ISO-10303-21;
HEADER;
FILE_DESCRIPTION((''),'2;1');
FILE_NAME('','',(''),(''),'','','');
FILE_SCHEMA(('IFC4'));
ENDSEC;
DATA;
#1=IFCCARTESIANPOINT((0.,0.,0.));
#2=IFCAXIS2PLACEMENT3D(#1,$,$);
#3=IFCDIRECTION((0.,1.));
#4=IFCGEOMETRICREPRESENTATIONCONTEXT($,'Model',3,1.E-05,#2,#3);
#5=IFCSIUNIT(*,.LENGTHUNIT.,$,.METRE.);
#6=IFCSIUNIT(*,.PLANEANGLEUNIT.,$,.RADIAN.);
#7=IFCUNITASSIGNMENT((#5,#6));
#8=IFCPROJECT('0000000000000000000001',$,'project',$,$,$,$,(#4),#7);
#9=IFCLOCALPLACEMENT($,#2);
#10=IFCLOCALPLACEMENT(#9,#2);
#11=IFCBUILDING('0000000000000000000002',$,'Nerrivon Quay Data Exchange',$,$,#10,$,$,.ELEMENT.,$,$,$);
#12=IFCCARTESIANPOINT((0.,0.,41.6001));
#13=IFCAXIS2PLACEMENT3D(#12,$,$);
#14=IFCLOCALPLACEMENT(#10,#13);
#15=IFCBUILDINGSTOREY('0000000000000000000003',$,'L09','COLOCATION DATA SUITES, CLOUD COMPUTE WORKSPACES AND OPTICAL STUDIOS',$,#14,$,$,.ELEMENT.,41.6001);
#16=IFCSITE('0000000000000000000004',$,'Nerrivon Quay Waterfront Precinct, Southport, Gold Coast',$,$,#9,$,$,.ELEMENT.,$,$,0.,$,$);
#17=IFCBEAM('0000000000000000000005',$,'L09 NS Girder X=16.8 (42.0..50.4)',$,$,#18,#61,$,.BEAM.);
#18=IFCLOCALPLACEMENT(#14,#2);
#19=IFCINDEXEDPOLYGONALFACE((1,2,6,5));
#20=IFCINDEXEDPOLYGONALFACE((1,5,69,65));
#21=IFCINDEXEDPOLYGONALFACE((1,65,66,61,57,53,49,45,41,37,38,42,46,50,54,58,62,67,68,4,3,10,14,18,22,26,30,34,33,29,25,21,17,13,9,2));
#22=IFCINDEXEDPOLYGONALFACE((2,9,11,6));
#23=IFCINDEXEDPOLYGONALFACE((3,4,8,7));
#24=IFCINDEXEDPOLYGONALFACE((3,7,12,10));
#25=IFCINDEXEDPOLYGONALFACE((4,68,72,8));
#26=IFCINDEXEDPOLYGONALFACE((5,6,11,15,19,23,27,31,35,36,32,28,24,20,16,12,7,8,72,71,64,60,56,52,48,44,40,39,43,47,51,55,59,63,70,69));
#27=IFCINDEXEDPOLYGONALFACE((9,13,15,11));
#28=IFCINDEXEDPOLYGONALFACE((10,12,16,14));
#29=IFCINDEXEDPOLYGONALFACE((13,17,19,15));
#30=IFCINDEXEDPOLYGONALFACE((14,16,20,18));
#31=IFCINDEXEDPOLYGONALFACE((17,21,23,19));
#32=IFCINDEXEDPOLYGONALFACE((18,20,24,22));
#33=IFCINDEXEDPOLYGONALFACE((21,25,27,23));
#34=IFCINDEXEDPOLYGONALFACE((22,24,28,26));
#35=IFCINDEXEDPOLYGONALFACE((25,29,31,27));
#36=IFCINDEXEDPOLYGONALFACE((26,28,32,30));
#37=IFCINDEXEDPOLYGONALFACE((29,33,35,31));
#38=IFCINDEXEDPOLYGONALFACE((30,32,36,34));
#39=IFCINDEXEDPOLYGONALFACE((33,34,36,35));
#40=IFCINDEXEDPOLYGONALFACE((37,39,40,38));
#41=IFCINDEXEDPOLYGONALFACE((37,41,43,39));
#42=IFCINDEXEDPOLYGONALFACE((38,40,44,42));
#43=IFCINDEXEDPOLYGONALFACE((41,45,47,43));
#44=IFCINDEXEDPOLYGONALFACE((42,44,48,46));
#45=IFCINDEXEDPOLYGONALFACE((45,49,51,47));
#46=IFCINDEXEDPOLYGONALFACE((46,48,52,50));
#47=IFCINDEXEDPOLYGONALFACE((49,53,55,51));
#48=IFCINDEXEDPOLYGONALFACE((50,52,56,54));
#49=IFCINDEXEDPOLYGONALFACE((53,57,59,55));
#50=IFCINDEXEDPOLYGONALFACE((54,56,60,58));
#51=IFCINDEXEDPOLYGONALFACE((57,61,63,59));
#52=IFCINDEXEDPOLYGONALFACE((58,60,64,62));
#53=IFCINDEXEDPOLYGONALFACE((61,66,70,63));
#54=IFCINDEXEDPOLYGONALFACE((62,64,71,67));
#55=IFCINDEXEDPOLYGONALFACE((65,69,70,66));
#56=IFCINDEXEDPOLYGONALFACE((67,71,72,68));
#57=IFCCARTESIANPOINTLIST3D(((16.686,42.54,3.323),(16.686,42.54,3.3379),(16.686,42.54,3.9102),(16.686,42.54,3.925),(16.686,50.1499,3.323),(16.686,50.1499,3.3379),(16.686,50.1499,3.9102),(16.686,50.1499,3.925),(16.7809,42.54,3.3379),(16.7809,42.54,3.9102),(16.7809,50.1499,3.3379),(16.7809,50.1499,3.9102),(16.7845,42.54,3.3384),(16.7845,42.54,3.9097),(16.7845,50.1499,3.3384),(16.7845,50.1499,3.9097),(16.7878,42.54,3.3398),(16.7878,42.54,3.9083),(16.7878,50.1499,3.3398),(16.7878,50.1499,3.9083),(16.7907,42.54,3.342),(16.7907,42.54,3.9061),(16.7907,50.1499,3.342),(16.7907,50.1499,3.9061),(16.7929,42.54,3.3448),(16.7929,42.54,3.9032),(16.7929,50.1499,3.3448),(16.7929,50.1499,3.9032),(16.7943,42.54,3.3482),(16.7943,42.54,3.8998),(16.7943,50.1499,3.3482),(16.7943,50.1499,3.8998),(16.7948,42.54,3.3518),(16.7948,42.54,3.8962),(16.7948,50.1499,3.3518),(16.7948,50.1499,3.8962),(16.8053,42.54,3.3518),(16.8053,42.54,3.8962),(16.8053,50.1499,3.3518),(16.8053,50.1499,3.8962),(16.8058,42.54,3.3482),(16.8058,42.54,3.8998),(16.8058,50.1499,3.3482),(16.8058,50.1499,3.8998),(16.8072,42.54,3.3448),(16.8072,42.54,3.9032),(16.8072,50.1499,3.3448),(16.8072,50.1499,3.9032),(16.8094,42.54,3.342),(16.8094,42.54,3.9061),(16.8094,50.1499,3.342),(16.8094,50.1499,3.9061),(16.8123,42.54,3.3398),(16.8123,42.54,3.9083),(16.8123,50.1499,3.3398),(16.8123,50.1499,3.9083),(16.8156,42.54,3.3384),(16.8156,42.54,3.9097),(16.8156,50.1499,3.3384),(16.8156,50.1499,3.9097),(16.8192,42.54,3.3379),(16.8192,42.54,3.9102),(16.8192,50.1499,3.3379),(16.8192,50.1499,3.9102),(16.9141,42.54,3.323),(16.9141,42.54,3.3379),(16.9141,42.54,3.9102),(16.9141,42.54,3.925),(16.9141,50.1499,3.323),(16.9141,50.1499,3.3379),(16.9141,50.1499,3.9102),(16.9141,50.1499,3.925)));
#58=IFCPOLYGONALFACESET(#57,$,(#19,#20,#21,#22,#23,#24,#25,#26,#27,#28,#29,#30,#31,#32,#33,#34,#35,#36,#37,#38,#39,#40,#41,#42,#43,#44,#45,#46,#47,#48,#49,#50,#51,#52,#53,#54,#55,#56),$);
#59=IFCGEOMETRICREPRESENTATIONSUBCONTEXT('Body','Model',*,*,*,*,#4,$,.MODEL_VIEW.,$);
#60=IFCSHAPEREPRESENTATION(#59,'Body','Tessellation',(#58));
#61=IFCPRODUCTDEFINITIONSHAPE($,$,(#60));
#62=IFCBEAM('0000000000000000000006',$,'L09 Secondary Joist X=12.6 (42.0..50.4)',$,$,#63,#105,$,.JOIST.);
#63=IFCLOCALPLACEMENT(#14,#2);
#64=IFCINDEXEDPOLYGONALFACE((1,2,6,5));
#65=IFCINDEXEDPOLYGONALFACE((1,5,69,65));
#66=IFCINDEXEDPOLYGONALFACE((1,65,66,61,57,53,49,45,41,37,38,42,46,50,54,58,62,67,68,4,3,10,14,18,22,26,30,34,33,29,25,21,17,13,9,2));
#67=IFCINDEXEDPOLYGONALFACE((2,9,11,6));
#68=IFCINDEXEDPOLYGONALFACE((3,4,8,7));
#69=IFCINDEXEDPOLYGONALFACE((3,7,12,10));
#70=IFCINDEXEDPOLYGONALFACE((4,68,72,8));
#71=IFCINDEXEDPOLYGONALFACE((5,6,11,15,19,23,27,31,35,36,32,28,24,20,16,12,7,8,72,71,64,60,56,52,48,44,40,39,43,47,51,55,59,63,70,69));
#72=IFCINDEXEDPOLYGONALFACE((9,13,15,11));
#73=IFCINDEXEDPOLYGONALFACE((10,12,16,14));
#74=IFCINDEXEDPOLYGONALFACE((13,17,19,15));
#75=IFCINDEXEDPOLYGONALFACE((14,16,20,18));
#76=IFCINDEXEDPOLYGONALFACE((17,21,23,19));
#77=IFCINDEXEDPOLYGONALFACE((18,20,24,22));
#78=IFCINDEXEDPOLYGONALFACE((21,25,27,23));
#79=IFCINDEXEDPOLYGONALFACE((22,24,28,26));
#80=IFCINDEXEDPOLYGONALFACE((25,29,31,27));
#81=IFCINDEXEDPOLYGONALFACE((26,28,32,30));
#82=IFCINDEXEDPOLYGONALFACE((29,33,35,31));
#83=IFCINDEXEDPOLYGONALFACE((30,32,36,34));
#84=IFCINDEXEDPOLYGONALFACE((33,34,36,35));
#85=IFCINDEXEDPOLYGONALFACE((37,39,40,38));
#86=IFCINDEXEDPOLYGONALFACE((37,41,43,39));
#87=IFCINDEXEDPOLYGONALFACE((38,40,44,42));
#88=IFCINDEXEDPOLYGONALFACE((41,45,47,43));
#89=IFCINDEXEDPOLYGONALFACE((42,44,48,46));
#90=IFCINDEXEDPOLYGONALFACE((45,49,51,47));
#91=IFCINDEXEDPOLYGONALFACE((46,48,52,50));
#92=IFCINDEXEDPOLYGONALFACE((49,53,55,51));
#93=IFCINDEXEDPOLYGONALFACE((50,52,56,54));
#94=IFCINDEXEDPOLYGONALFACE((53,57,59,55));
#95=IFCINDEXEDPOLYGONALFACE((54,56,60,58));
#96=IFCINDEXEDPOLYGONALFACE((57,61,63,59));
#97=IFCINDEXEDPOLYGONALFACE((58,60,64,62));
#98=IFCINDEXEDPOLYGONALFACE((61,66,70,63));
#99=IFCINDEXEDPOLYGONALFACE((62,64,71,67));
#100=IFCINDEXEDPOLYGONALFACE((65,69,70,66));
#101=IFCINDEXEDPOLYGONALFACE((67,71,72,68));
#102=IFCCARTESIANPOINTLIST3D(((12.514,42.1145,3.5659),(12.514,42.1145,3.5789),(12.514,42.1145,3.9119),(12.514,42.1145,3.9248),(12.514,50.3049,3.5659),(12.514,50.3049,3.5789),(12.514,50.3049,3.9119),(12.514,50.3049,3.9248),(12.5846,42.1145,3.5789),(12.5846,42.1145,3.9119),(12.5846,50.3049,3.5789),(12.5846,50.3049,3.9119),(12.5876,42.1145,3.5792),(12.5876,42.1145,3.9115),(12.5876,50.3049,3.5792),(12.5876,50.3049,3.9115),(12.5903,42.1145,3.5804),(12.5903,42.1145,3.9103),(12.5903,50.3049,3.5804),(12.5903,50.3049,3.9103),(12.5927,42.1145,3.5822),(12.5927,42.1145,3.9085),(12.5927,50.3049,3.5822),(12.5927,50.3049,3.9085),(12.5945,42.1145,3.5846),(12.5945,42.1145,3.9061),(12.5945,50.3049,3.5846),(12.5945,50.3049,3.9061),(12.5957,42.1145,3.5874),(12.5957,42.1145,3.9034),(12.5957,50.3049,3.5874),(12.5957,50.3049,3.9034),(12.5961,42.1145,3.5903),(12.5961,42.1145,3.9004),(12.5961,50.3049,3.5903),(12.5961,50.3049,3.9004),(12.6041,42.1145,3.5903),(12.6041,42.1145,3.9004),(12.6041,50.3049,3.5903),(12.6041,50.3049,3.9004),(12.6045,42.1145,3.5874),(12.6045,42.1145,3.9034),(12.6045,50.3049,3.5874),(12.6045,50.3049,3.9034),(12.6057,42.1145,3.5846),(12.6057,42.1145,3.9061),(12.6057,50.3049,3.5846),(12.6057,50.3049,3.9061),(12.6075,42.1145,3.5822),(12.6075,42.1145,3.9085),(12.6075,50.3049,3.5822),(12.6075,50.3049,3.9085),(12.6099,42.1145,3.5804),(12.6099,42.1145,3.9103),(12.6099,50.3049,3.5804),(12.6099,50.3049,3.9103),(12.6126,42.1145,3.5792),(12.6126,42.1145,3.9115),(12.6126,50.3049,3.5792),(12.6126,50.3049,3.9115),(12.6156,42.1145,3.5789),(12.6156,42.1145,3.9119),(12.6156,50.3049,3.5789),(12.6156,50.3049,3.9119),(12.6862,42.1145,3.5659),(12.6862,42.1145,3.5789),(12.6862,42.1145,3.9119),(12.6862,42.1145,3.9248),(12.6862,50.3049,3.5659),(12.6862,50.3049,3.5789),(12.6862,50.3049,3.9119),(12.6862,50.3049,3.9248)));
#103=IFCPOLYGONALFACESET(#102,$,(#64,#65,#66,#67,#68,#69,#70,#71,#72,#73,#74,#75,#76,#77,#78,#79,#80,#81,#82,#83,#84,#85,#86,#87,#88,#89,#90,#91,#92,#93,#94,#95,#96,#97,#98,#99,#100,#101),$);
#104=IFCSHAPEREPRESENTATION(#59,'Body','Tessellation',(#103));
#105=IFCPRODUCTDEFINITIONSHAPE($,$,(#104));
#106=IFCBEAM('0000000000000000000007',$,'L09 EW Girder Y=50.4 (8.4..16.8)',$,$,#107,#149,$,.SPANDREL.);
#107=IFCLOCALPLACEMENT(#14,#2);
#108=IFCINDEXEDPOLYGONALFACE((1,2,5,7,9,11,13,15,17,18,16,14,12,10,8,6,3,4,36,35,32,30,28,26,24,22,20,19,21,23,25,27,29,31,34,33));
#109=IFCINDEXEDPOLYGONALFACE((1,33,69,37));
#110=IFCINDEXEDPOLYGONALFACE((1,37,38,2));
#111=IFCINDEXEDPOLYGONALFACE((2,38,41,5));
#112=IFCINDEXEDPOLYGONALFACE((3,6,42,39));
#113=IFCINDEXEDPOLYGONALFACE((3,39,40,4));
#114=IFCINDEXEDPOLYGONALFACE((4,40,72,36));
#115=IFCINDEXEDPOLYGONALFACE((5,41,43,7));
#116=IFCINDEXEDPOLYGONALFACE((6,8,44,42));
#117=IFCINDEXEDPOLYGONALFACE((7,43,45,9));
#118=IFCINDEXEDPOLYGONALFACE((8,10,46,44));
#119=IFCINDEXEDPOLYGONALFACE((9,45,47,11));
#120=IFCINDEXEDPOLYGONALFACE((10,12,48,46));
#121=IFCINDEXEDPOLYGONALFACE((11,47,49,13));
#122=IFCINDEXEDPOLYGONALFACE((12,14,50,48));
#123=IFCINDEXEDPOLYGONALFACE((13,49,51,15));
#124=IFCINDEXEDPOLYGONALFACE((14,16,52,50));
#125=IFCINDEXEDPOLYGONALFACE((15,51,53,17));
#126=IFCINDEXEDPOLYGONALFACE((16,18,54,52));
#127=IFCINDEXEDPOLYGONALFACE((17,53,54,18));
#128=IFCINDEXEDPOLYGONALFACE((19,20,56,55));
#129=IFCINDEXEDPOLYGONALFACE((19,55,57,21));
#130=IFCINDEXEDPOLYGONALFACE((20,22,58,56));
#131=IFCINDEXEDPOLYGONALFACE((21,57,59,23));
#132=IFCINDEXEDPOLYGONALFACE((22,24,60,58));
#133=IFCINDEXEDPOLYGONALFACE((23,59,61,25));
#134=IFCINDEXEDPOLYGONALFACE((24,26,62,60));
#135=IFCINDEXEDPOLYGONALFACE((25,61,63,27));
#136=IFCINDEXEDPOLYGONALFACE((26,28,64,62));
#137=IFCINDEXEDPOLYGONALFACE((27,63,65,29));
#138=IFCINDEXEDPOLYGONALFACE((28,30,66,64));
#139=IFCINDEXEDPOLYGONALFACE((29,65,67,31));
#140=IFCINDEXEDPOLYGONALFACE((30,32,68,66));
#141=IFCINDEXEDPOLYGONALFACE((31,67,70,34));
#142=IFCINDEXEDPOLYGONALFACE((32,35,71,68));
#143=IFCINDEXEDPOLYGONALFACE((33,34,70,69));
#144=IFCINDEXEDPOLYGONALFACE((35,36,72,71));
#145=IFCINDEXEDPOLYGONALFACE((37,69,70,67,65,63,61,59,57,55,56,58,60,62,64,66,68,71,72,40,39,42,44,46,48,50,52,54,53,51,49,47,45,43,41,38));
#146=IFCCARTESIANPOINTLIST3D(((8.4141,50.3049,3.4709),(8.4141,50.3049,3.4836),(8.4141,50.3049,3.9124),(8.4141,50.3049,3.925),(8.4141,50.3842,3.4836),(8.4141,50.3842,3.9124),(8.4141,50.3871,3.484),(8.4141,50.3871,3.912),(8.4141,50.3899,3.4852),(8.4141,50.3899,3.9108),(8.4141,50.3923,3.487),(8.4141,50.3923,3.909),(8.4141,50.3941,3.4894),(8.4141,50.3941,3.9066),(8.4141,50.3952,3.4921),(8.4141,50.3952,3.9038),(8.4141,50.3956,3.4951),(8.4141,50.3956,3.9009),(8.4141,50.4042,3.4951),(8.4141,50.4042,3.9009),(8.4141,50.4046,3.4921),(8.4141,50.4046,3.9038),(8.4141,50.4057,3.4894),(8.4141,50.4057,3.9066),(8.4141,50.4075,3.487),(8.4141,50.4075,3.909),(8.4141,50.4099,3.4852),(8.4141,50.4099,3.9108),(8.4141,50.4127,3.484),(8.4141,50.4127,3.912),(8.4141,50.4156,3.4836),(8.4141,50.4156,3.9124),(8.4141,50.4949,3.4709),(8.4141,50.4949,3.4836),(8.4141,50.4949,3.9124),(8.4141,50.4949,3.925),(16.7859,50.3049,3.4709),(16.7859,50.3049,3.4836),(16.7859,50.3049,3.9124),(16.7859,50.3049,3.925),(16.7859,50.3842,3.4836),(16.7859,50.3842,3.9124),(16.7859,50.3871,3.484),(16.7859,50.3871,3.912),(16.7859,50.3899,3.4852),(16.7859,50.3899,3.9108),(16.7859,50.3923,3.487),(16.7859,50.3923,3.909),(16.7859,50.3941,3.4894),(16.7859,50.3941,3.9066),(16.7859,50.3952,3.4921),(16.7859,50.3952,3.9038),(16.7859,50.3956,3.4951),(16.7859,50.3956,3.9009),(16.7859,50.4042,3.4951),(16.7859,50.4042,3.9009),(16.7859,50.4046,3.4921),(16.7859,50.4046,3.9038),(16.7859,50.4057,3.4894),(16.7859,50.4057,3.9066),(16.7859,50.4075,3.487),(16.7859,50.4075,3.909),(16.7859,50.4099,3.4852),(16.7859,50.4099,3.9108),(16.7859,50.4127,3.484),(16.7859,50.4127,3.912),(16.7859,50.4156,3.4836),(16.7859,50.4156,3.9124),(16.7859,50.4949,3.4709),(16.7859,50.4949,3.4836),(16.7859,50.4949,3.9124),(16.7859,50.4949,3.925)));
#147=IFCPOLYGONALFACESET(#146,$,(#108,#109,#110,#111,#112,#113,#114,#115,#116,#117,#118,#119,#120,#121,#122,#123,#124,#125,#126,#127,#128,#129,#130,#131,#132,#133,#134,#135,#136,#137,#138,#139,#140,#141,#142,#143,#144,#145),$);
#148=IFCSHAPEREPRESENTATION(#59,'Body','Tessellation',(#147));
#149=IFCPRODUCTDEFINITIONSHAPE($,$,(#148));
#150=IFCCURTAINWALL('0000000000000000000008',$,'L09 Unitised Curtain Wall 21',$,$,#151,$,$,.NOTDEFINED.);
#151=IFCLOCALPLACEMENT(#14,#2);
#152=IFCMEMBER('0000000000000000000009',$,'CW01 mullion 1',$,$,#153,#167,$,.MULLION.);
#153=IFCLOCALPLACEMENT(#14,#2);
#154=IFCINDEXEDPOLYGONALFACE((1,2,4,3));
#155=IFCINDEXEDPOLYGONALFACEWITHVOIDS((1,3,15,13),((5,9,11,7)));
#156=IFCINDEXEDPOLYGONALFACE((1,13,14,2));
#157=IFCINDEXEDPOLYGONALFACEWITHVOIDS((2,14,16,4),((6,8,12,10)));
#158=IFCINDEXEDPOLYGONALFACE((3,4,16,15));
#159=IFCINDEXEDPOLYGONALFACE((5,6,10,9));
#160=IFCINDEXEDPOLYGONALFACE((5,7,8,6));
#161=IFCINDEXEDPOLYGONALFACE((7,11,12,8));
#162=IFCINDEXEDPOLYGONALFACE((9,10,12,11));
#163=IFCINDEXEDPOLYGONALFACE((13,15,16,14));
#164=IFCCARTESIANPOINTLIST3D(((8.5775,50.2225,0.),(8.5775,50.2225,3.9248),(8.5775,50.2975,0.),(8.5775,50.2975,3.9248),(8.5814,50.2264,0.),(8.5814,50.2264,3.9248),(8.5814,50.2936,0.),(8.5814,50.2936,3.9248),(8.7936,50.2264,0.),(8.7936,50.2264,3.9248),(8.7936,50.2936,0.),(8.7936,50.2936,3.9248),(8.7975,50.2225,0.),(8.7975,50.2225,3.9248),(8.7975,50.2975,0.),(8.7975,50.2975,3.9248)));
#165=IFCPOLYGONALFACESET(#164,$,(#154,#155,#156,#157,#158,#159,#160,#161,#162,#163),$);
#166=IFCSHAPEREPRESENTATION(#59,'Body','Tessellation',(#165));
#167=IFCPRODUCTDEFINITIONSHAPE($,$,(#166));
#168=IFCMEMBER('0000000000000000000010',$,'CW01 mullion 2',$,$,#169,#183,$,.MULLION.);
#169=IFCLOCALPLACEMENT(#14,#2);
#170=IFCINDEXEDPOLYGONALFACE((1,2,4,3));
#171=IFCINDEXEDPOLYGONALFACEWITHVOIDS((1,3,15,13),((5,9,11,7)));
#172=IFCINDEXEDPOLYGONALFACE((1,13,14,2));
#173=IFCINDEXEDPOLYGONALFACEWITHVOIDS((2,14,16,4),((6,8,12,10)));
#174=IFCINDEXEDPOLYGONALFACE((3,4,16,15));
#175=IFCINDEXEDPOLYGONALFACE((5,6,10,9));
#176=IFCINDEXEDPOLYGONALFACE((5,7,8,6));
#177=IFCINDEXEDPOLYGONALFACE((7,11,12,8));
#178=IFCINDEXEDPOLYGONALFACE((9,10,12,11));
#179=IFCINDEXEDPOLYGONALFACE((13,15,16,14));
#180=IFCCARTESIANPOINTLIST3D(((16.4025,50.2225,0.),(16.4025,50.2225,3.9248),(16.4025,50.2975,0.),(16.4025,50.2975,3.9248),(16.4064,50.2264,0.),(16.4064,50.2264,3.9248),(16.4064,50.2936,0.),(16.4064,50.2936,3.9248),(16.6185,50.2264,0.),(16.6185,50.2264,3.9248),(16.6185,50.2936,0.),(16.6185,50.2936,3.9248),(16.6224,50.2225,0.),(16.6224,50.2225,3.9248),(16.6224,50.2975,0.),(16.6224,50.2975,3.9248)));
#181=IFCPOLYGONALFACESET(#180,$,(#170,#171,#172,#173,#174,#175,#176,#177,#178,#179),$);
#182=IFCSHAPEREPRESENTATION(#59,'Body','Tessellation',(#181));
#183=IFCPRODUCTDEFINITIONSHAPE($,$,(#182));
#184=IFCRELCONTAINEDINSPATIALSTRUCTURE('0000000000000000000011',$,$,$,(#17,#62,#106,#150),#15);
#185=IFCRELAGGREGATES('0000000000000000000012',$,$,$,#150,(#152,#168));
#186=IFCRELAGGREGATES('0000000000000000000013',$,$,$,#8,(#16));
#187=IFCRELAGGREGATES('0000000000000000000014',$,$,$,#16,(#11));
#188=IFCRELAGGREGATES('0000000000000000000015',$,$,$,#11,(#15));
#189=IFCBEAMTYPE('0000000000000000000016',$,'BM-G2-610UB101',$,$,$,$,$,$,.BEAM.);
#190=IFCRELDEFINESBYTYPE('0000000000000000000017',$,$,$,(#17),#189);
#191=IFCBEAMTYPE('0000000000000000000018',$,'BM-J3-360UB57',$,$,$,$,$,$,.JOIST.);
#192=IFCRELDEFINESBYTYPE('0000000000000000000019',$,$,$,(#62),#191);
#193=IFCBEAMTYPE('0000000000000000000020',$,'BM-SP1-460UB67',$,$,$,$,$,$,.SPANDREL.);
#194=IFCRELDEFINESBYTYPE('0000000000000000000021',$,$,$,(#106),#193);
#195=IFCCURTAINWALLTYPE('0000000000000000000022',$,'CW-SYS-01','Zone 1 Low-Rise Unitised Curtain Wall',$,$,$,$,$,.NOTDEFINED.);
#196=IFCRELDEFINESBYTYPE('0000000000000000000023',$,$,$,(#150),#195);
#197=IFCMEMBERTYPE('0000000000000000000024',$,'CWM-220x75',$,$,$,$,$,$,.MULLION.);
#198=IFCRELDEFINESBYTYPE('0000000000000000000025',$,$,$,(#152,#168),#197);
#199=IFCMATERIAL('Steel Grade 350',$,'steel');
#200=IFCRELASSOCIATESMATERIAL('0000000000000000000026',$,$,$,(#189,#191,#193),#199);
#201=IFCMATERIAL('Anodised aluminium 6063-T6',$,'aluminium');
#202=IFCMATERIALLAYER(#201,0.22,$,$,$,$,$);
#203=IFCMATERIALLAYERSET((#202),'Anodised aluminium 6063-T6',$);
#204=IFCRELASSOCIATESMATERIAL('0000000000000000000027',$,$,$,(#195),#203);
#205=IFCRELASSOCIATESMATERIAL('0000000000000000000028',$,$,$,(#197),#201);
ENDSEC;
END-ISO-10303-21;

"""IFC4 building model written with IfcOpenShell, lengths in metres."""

from ifc_helpers import new_model, si_unit, direction, frame, origin, origin_2d, place, context, subcontext, project, spatial, hollow_rectangle, i_section, extrude, material, layer, layer_set, material_profile, profile_set, type_object, element, aggregate, save


model = new_model("IFC4")

# Units and contexts
model_context = context("Model", 3, precision=1e-05, world=origin(), true_north=direction((0.0, 1.0)))
body_context = subcontext(model_context, "Body", "Model", "MODEL_VIEW")
ifc_project = project(units=[si_unit("LENGTHUNIT", "METRE"), si_unit("PLANEANGLEUNIT", "RADIAN")], contexts=[model_context])

# Site, building, storey
site_placement = place(None, origin())
site = spatial("IfcSite", under=ifc_project, at=site_placement, Name="Nerrivon Quay Waterfront Precinct, Southport, Gold Coast", CompositionType="ELEMENT", RefElevation=0.0)
building_placement = place(site_placement, origin())
building = spatial("IfcBuilding", under=site, at=building_placement, Name="Nerrivon Quay Data Exchange", CompositionType="ELEMENT")
storey_placement = place(building_placement, frame((0.0, 0.0, 41.6001)))
storey = spatial("IfcBuildingStorey", under=building, at=storey_placement, Name="L09", Description="COLOCATION DATA SUITES, CLOUD COMPUTE WORKSPACES AND OPTICAL STUDIOS", CompositionType="ELEMENT", Elevation=41.6001)

# Shared definitions
ifc_material_1 = material(Name="Steel Grade 350", Category="steel")

# Beams
ifc_material_profile_1 = material_profile(ifc_material_1, i_section(OverallWidth=0.228, OverallDepth=0.6021, WebThickness=0.0105, FlangeThickness=0.0149, FilletRadius=0.0139, at=origin_2d()), Name="610UB101")
ifc_profile_set_1 = profile_set([ifc_material_profile_1], Name="Steel Grade 350")
beam_type_1 = type_object("IfcBeamType", Name="BM-G2-610UB101", PredefinedType="BEAM", material=ifc_profile_set_1)
beam_1_placement = place(storey_placement, frame((16.8, 42.54, 3.624), z_axis=(0.0, 1.0, 0.0), x_axis=(-1.0, 0.0, 0.0)))
element("IfcBeam", 1, at=beam_1_placement, inside=storey, type_object=beam_type_1, Name="L09 NS Girder X=16.8 (42.0..50.4)", PredefinedType="BEAM", context=body_context, shape_type="SweptSolid", body=[
    extrude(i_section(OverallWidth=0.228, OverallDepth=0.6021, WebThickness=0.0105, FlangeThickness=0.0149, FilletRadius=0.0139, at=origin_2d()), origin(), (0.0, 0.0, 1.0), 7.6099),
])
ifc_material_profile_2 = material_profile(ifc_material_1, i_section(OverallWidth=0.1721, OverallDepth=0.3589, WebThickness=0.0081, FlangeThickness=0.0129, FilletRadius=0.0115, at=origin_2d()), Name="360UB56.7")
ifc_profile_set_2 = profile_set([ifc_material_profile_2], Name="Steel Grade 350")
beam_type_2 = type_object("IfcBeamType", Name="BM-J3-360UB57", PredefinedType="JOIST", material=ifc_profile_set_2)
beam_2_placement = place(storey_placement, frame((12.6001, 42.1145, 3.7454), z_axis=(0.0, 1.0, 0.0), x_axis=(-1.0, 0.0, 0.0)))
element("IfcBeam", 2, at=beam_2_placement, inside=storey, type_object=beam_type_2, Name="L09 Secondary Joist X=12.6 (42.0..50.4)", PredefinedType="JOIST", context=body_context, shape_type="SweptSolid", body=[
    extrude(i_section(OverallWidth=0.1721, OverallDepth=0.3589, WebThickness=0.0081, FlangeThickness=0.0129, FilletRadius=0.0115, at=origin_2d()), origin(), (0.0, 0.0, 1.0), 8.1904),
])
ifc_material_profile_3 = material_profile(ifc_material_1, i_section(OverallWidth=0.1899, OverallDepth=0.4541, WebThickness=0.0085, FlangeThickness=0.0127, FilletRadius=0.0115, at=origin_2d()), Name="460UB67.1")
ifc_profile_set_3 = profile_set([ifc_material_profile_3], Name="Steel Grade 350")
beam_type_3 = type_object("IfcBeamType", Name="BM-SP1-460UB67", PredefinedType="SPANDREL", material=ifc_profile_set_3)
beam_3_placement = place(storey_placement, frame((8.4141, 50.3999, 3.698), z_axis=(1.0, 0.0, 0.0), x_axis=(0.0, 1.0, 0.0)))
element("IfcBeam", 3, at=beam_3_placement, inside=storey, type_object=beam_type_3, Name="L09 EW Girder Y=50.4 (8.4..16.8)", PredefinedType="SPANDREL", context=body_context, shape_type="SweptSolid", body=[
    extrude(i_section(OverallWidth=0.1899, OverallDepth=0.4541, WebThickness=0.0085, FlangeThickness=0.0127, FilletRadius=0.0115, at=origin_2d()), origin(), (0.0, 0.0, 1.0), 8.3718),
])

# Curtain wall, members
ifc_material_2 = material(Name="Anodised aluminium 6063-T6", Category="aluminium")
ifc_layer_1 = layer(ifc_material_2, 0.22)
ifc_layer_set_1 = layer_set([ifc_layer_1], Name="Anodised aluminium 6063-T6")
curtain_wall_type = type_object("IfcCurtainWallType", Name="CW-SYS-01", Description="Zone 1 Low-Rise Unitised Curtain Wall", PredefinedType="NOTDEFINED", material=ifc_layer_set_1)
curtain_wall_placement = place(storey_placement, origin())
curtain_wall = element("IfcCurtainWall", 4, at=curtain_wall_placement, inside=storey, type_object=curtain_wall_type, Name="L09 Unitised Curtain Wall 21", PredefinedType="NOTDEFINED")
ifc_material_profile_4 = material_profile(ifc_material_2, hollow_rectangle(XDim=0.075, YDim=0.22, WallThickness=0.0039, at=origin_2d()), Name="ALU-MULL-220x75")
ifc_profile_set_4 = profile_set([ifc_material_profile_4], Name="Anodised aluminium 6063-T6")
member_type_1 = type_object("IfcMemberType", Name="CWM-220x75", PredefinedType="MULLION", material=ifc_profile_set_4)
member_1_placement = place(storey_placement, frame((8.6875, 50.26, 0.0), z_axis=(0.0, 0.0, 1.0), x_axis=(0.0, 1.0, 0.0)))
member_1 = element("IfcMember", 5, at=member_1_placement, type_object=member_type_1, Name="CW01 mullion 1", PredefinedType="MULLION", context=body_context, shape_type="SweptSolid", body=[
    extrude(hollow_rectangle(XDim=0.075, YDim=0.22, WallThickness=0.0039, at=origin_2d()), origin(), (0.0, 0.0, 1.0), 3.9248),
])
member_2_placement = place(storey_placement, frame((16.5125, 50.26, 0.0), z_axis=(0.0, 0.0, 1.0), x_axis=(0.0, 1.0, 0.0)))
member_2 = element("IfcMember", 6, at=member_2_placement, type_object=member_type_1, Name="CW01 mullion 2", PredefinedType="MULLION", context=body_context, shape_type="SweptSolid", body=[
    extrude(hollow_rectangle(XDim=0.075, YDim=0.22, WallThickness=0.0039, at=origin_2d()), origin(), (0.0, 0.0, 1.0), 3.9248),
])
aggregate(curtain_wall, [member_1, member_2])

save(model, "model.ifc")
